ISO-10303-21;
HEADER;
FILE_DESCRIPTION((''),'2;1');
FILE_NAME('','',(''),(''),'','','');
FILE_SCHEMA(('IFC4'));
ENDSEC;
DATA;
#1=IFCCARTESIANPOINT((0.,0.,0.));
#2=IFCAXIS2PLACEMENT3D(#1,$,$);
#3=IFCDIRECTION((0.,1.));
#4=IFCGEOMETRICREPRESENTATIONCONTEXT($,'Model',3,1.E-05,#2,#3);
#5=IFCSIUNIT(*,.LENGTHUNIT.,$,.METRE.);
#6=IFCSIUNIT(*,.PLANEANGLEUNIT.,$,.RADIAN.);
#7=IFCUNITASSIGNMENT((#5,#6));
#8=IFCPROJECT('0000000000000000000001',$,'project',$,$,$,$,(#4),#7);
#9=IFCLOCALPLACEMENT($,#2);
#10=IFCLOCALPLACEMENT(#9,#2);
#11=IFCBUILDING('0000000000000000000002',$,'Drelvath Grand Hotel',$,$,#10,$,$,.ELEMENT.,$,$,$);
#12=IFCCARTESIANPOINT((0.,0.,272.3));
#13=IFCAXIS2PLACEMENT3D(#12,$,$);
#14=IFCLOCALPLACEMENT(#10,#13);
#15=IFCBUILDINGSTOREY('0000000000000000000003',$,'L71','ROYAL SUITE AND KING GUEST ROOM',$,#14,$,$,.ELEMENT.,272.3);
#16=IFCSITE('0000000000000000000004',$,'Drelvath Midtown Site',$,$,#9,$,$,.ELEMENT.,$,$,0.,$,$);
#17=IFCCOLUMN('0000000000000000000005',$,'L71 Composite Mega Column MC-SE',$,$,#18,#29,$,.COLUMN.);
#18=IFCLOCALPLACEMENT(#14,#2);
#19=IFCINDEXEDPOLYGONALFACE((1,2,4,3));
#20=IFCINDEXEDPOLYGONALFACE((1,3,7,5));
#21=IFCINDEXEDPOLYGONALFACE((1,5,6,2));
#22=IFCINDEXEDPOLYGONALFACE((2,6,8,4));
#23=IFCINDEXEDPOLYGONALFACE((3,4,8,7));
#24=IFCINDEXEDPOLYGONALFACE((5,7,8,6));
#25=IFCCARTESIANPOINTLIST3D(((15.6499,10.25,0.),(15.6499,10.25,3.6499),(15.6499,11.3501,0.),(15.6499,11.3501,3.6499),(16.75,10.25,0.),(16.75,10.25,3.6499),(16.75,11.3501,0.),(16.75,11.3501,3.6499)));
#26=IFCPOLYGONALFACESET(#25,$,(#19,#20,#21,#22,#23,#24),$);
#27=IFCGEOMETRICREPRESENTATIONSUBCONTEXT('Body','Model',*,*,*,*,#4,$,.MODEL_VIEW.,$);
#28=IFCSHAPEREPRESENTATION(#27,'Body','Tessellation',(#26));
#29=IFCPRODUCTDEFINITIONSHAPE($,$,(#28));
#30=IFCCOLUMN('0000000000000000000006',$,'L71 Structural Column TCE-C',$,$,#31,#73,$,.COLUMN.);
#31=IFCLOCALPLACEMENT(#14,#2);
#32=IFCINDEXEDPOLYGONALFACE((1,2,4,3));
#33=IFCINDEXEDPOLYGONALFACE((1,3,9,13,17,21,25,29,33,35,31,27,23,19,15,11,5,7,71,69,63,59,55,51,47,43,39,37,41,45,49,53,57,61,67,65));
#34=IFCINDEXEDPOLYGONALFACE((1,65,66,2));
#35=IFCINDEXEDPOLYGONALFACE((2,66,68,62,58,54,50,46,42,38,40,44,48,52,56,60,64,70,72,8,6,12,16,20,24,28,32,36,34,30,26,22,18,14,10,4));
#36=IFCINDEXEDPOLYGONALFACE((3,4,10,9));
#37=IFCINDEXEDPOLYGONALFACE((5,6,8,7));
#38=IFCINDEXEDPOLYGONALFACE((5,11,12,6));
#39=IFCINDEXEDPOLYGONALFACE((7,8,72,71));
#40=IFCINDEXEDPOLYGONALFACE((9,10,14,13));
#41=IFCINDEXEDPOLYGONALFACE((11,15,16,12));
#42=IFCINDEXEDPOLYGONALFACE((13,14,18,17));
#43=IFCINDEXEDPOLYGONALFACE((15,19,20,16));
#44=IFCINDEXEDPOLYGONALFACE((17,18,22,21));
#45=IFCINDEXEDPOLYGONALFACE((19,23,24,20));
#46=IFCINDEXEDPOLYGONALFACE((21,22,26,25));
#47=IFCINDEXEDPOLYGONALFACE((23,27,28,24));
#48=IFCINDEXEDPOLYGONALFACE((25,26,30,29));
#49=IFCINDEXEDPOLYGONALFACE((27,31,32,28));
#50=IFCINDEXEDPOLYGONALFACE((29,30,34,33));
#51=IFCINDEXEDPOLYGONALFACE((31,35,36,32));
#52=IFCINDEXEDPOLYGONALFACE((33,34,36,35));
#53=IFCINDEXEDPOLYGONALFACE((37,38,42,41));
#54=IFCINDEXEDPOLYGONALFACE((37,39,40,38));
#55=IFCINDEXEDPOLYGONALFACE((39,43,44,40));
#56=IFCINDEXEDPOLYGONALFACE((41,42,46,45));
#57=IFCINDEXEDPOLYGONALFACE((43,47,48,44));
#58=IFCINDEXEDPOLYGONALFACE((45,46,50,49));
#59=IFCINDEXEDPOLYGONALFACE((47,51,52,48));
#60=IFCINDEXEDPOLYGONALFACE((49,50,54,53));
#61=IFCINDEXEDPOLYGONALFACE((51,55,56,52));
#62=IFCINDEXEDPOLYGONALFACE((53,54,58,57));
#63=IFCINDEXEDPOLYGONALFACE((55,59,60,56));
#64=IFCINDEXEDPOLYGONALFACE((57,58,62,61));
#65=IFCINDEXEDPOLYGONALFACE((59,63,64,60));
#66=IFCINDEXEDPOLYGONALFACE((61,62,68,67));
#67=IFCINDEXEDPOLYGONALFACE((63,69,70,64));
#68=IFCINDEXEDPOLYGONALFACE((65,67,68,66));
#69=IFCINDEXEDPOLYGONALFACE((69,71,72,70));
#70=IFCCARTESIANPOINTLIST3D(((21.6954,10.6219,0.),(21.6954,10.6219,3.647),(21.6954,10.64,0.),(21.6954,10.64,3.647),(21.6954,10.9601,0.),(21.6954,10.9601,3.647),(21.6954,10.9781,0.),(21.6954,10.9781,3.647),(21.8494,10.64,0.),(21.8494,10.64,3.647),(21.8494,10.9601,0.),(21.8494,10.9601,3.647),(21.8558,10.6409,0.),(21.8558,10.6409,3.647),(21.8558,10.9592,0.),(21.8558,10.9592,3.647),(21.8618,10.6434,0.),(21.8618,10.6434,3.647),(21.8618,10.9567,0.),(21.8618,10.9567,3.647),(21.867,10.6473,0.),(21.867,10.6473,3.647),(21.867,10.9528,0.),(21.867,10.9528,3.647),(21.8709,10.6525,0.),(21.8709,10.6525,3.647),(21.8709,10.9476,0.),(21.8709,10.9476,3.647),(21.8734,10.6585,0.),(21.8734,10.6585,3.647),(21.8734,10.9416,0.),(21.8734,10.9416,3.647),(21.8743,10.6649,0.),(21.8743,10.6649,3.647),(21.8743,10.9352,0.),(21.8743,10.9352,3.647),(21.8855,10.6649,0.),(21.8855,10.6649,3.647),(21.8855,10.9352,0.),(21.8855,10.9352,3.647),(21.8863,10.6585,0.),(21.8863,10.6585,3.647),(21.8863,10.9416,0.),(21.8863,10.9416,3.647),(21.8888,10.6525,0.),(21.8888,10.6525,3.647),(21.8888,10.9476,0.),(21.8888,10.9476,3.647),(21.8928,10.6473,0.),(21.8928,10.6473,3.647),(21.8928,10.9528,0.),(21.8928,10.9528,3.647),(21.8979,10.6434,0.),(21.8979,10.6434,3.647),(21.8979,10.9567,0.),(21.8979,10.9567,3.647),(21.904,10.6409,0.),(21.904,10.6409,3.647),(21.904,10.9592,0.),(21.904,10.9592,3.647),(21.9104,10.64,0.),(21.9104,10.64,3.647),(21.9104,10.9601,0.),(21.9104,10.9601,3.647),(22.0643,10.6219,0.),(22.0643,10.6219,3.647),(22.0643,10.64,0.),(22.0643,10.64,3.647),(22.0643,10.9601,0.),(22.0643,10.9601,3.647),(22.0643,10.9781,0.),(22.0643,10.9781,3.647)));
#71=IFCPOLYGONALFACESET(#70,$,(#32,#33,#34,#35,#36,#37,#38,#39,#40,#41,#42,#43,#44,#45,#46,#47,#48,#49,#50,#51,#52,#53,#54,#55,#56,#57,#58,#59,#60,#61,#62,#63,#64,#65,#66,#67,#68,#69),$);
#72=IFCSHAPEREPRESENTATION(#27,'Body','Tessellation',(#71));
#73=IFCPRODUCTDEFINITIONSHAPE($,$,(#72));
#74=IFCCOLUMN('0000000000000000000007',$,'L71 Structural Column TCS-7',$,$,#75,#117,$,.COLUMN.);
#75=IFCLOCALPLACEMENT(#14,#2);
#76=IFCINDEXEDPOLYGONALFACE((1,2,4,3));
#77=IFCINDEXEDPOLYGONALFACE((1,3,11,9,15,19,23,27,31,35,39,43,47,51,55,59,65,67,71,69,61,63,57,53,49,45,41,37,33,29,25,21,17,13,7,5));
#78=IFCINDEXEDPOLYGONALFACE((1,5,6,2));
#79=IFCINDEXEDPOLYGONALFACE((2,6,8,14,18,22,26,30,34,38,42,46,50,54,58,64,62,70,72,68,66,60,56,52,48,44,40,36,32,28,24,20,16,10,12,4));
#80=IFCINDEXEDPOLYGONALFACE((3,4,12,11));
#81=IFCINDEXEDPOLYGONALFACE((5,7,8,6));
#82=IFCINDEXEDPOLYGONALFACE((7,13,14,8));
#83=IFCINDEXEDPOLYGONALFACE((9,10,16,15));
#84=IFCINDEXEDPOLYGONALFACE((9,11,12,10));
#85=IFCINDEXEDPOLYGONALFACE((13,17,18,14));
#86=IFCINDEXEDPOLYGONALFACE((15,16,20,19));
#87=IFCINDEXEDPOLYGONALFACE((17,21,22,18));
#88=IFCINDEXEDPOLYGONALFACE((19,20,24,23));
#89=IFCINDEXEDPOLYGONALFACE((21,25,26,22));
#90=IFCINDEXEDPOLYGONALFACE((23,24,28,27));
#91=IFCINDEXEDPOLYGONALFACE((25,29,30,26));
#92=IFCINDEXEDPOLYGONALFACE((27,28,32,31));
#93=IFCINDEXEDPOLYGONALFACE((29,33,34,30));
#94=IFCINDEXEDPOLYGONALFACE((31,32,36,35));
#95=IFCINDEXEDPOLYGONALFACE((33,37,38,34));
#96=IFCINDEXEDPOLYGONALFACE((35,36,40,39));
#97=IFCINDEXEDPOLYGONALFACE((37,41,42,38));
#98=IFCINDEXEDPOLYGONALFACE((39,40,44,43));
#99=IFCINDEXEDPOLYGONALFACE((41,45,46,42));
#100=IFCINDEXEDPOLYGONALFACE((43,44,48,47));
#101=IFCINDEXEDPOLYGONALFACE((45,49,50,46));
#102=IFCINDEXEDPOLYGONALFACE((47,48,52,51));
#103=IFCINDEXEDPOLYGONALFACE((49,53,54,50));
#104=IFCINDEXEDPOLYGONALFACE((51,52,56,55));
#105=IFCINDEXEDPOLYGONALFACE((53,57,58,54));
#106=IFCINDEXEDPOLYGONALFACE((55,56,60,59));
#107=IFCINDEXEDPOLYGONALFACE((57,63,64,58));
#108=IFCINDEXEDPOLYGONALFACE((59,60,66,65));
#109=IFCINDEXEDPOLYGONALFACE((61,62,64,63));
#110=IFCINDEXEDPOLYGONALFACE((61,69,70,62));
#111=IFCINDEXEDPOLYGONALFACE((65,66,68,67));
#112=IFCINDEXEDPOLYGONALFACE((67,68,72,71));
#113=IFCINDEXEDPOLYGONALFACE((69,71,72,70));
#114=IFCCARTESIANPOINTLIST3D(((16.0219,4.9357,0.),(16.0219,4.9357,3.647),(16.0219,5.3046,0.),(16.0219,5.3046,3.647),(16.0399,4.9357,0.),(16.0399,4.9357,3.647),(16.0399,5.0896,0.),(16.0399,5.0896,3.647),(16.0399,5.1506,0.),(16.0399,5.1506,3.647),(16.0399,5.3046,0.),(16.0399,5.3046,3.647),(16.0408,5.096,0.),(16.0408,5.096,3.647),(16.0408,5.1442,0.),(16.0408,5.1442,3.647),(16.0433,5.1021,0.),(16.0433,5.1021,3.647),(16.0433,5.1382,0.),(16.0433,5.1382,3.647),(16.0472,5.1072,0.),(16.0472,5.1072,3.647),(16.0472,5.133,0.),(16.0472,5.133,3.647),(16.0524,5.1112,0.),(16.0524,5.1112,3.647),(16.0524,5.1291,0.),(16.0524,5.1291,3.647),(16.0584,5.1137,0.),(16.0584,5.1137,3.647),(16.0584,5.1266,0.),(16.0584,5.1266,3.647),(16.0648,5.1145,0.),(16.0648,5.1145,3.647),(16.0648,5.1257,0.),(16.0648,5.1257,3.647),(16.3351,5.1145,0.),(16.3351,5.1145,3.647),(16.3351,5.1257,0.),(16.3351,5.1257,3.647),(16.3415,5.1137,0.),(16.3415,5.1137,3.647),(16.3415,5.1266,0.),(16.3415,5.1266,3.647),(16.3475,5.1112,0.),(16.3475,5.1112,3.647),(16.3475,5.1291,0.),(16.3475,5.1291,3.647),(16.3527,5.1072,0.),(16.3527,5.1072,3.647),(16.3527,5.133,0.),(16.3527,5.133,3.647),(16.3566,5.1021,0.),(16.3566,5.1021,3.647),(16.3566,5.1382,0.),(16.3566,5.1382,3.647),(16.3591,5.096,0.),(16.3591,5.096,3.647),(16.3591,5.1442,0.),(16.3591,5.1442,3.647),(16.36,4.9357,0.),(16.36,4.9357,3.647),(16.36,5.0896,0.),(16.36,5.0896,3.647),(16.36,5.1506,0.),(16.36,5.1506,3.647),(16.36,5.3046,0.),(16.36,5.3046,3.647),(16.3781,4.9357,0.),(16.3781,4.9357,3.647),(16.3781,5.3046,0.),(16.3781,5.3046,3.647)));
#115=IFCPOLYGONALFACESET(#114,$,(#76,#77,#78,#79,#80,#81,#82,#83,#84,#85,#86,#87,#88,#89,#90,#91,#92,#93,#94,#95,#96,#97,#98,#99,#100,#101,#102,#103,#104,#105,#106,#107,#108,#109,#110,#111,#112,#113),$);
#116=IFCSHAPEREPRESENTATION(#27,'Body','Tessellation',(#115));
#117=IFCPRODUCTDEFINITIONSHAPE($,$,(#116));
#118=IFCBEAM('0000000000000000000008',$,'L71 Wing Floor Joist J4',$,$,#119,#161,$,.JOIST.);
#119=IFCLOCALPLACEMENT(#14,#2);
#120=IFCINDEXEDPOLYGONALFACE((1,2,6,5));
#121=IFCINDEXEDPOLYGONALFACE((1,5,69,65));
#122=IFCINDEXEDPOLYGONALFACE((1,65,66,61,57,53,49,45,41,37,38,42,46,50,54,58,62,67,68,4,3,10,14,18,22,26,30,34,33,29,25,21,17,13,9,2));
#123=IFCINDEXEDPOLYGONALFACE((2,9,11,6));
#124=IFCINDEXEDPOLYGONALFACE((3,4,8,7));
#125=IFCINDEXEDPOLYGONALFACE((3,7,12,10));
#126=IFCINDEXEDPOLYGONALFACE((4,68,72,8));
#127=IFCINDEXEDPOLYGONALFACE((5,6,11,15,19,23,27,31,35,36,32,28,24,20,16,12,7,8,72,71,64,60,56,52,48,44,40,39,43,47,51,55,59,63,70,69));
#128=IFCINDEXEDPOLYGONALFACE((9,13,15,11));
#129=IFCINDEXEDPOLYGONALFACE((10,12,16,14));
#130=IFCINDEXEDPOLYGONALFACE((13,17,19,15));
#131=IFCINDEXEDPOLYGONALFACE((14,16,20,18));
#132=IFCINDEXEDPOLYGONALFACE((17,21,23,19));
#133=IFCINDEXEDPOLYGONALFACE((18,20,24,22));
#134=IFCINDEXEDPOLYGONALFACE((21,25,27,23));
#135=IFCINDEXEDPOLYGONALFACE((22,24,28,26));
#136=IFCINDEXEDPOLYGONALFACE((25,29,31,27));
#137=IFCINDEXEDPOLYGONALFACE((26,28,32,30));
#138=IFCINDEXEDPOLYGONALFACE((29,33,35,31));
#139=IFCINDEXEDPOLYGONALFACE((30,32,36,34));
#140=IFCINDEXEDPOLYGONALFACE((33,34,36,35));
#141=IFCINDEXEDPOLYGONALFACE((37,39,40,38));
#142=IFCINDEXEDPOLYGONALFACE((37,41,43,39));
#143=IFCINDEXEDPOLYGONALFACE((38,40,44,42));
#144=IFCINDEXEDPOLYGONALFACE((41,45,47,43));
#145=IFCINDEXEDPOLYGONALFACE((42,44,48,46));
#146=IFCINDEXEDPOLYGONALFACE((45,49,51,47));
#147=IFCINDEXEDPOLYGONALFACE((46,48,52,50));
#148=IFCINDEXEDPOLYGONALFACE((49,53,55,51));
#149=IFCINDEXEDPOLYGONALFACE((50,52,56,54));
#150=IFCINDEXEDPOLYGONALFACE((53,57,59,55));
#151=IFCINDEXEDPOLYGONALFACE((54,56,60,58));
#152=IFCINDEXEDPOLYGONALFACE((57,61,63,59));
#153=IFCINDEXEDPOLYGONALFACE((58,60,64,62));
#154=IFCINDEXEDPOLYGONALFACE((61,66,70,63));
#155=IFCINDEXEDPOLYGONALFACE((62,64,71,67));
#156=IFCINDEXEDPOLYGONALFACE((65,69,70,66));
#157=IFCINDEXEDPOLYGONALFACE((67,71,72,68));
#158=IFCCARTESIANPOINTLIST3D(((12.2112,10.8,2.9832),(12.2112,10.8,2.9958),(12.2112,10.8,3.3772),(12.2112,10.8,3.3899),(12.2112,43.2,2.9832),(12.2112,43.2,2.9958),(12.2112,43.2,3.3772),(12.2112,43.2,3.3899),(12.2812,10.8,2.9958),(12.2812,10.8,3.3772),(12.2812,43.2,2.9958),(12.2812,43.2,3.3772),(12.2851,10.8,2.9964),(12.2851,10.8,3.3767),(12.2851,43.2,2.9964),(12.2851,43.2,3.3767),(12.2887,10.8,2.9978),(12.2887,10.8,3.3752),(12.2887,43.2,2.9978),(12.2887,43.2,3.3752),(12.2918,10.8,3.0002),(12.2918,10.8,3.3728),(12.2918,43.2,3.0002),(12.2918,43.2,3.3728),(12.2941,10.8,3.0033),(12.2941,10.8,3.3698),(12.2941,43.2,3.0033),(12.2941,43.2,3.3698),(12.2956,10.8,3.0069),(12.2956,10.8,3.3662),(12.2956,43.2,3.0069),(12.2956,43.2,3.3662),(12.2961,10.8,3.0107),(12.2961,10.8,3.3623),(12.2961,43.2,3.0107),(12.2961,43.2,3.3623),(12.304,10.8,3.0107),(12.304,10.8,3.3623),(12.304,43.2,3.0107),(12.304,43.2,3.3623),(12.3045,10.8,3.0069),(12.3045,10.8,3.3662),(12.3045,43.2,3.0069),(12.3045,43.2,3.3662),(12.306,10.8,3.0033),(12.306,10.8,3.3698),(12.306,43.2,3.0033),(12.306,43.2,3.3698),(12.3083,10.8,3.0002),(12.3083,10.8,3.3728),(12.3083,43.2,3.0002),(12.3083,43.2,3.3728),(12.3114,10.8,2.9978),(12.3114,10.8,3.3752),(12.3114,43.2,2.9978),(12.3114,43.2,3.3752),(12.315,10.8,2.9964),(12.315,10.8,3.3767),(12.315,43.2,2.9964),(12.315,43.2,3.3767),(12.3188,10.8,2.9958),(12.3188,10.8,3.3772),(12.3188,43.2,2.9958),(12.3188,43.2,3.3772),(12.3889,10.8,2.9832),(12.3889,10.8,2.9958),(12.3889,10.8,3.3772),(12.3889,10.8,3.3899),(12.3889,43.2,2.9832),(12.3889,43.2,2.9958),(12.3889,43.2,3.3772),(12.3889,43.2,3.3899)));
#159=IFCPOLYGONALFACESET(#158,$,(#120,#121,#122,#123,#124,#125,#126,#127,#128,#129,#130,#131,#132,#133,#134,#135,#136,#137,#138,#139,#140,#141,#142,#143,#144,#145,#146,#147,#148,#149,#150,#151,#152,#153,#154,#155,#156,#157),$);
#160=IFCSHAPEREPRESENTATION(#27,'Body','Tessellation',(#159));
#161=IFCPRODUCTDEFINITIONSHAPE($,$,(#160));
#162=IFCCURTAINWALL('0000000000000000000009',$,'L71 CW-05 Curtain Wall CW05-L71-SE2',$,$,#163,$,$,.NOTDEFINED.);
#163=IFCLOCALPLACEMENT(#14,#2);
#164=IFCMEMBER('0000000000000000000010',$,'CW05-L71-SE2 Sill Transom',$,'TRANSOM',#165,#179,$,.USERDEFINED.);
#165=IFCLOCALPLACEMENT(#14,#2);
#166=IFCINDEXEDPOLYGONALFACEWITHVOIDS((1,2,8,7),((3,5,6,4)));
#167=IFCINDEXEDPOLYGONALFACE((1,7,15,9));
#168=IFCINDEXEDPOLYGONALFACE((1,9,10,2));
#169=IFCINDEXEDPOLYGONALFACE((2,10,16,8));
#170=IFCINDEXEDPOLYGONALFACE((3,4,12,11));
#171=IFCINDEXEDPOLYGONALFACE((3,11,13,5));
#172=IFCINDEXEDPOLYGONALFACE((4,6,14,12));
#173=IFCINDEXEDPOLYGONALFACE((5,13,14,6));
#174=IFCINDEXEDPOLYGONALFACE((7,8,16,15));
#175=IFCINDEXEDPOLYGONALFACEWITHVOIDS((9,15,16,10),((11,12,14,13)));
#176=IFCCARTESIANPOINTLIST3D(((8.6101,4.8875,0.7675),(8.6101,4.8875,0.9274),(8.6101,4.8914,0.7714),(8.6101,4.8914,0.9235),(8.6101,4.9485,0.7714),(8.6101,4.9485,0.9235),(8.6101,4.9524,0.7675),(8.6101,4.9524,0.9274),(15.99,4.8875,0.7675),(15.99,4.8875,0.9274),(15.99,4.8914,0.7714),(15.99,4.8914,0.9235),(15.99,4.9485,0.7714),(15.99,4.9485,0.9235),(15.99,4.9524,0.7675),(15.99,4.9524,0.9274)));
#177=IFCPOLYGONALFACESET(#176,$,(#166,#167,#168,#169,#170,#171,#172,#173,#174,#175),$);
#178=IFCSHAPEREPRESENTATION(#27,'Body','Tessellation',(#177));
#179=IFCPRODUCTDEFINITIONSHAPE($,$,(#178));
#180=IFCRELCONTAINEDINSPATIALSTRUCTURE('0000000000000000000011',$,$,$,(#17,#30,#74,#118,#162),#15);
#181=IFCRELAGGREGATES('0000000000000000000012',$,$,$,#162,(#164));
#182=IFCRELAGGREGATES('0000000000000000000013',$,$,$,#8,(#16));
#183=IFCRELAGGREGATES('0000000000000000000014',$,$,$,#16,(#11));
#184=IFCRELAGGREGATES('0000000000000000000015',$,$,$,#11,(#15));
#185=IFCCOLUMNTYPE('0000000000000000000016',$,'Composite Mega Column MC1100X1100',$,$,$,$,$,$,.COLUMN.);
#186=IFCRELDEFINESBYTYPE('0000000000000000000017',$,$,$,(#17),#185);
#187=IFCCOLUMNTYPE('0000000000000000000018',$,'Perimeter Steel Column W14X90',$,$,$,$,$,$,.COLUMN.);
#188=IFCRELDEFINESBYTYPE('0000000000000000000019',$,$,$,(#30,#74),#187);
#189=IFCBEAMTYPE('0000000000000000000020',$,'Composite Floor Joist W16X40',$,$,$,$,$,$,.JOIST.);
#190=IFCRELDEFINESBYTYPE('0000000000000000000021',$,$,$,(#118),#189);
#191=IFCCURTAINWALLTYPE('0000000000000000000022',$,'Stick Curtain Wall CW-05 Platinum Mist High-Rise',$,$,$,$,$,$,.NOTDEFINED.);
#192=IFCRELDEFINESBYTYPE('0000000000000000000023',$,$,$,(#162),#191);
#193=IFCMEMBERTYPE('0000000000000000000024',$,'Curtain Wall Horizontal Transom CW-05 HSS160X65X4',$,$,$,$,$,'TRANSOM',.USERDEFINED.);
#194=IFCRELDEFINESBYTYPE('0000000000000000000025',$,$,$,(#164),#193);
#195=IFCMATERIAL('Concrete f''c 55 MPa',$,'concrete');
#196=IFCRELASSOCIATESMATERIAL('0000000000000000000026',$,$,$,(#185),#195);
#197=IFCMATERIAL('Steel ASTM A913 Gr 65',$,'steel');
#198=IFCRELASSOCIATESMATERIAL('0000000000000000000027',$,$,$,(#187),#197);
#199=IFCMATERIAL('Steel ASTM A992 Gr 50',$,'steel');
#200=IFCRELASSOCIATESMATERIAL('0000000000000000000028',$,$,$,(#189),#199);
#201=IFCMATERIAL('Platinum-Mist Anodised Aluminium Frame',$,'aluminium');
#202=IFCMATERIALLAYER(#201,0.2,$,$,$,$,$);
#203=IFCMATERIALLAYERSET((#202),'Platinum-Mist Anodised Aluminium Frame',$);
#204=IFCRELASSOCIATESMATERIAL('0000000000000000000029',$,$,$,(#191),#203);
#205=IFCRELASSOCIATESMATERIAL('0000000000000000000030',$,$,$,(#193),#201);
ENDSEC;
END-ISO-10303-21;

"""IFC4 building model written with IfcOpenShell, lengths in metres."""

from ifc_helpers import new_model, si_unit, direction, frame, origin, origin_2d, place, context, subcontext, project, spatial, rectangle, hollow_rectangle, i_section, extrude, material, layer, layer_set, material_profile, profile_set, type_object, element, aggregate, save


model = new_model("IFC4")

# Units and contexts
model_context = context("Model", 3, precision=1e-05, world=origin(), true_north=direction((0.0, 1.0)))
body_context = subcontext(model_context, "Body", "Model", "MODEL_VIEW")
ifc_project = project(units=[si_unit("LENGTHUNIT", "METRE"), si_unit("PLANEANGLEUNIT", "RADIAN")], contexts=[model_context])

# Site, building, storey
site_placement = place(None, origin())
site = spatial("IfcSite", under=ifc_project, at=site_placement, Name="Drelvath Midtown Site", CompositionType="ELEMENT", RefElevation=0.0)
building_placement = place(site_placement, origin())
building = spatial("IfcBuilding", under=site, at=building_placement, Name="Drelvath Grand Hotel", CompositionType="ELEMENT")
storey_placement = place(building_placement, frame((0.0, 0.0, 272.3)))
storey = spatial("IfcBuildingStorey", under=building, at=storey_placement, Name="L71", Description="ROYAL SUITE AND KING GUEST ROOM", CompositionType="ELEMENT", Elevation=272.3)

# Columns
ifc_material_1 = material(Name="Concrete f'c 55 MPa", Category="concrete")
ifc_material_profile_1 = material_profile(ifc_material_1, rectangle(XDim=1.1001, YDim=1.1001, at=origin_2d()), Name="MC1100X1100")
ifc_profile_set_1 = profile_set([ifc_material_profile_1], Name="Concrete f'c 55 MPa")
column_type_1 = type_object("IfcColumnType", Name="Composite Mega Column MC1100X1100", PredefinedType="COLUMN", material=ifc_profile_set_1)
column_placement = place(storey_placement, frame((16.2, 10.8, 0.0), z_axis=(0.0, 0.0, 1.0), x_axis=(1.0, 0.0, 0.0)))
element("IfcColumn", 1, at=column_placement, inside=storey, type_object=column_type_1, Name="L71 Composite Mega Column MC-SE", PredefinedType="COLUMN", context=body_context, shape_type="SweptSolid", body=[
    extrude(rectangle(XDim=1.1001, YDim=1.1001, at=origin_2d()), origin(), (0.0, 0.0, 1.0), 3.6499),
])
ifc_material_2 = material(Name="Steel ASTM A913 Gr 65", Category="steel")
ifc_material_profile_2 = material_profile(ifc_material_2, i_section(OverallWidth=0.3689, OverallDepth=0.3562, WebThickness=0.0112, FlangeThickness=0.0181, FilletRadius=0.0249, at=origin_2d()), Name="W14X90")
ifc_profile_set_2 = profile_set([ifc_material_profile_2], Name="Steel ASTM A913 Gr 65")
column_type_2 = type_object("IfcColumnType", Name="Perimeter Steel Column W14X90", PredefinedType="COLUMN", material=ifc_profile_set_2)
for number, where, z_axis, x_axis, name in (
    (2, (21.8799, 10.8, 0.0), (0.0, 0.0, 1.0), (1.0, 0.0, 0.0), "L71 Structural Column TCE-C"),
    (3, (16.2, 5.1201, 0.0), (0.0, 0.0, 1.0), (0.0, 1.0, 0.0), "L71 Structural Column TCS-7"),
):
    element("IfcColumn", number, at=place(storey_placement, frame(where, z_axis=z_axis, x_axis=x_axis)), inside=storey, type_object=column_type_2, Name=name, PredefinedType="COLUMN", context=body_context, shape_type="SweptSolid", body=[
        extrude(i_section(OverallWidth=0.3689, OverallDepth=0.3562, WebThickness=0.0112, FlangeThickness=0.0181, FilletRadius=0.0249, at=origin_2d()), origin(), (0.0, 0.0, 1.0), 3.647),
    ])

# Beam
ifc_material_3 = material(Name="Steel ASTM A992 Gr 50", Category="steel")
ifc_material_profile_3 = material_profile(ifc_material_3, i_section(OverallWidth=0.1777, OverallDepth=0.4067, WebThickness=0.0078, FlangeThickness=0.0127, FilletRadius=0.0149, at=origin_2d()), Name="W16X40")
ifc_profile_set_3 = profile_set([ifc_material_profile_3], Name="Steel ASTM A992 Gr 50")
beam_type_1 = type_object("IfcBeamType", Name="Composite Floor Joist W16X40", PredefinedType="JOIST", material=ifc_profile_set_3)
beam_1_placement = place(storey_placement, frame((12.3, 10.8, 3.1865), z_axis=(0.0, 1.0, 0.0), x_axis=(-1.0, 0.0, 0.0)))
element("IfcBeam", 4, at=beam_1_placement, inside=storey, type_object=beam_type_1, Name="L71 Wing Floor Joist J4", PredefinedType="JOIST", context=body_context, shape_type="SweptSolid", body=[
    extrude(i_section(OverallWidth=0.1777, OverallDepth=0.4067, WebThickness=0.0078, FlangeThickness=0.0127, FilletRadius=0.0149, at=origin_2d()), origin(), (0.0, 0.0, 1.0), 32.3999),
])

# Curtain wall, member
ifc_material_4 = material(Name="Platinum-Mist Anodised Aluminium Frame", Category="aluminium")
ifc_layer_1 = layer(ifc_material_4, 0.2)
ifc_layer_set_1 = layer_set([ifc_layer_1], Name="Platinum-Mist Anodised Aluminium Frame")
curtain_wall_type = type_object("IfcCurtainWallType", Name="Stick Curtain Wall CW-05 Platinum Mist High-Rise", PredefinedType="NOTDEFINED", material=ifc_layer_set_1)
curtain_wall_1_placement = place(storey_placement, origin())
curtain_wall_1 = element("IfcCurtainWall", 5, at=curtain_wall_1_placement, inside=storey, type_object=curtain_wall_type, Name="L71 CW-05 Curtain Wall CW05-L71-SE2", PredefinedType="NOTDEFINED")
ifc_material_profile_4 = material_profile(ifc_material_4, hollow_rectangle(XDim=0.0649, YDim=0.1599, WallThickness=0.0039, at=origin_2d()), Name="HSS160X65X4")
ifc_profile_set_4 = profile_set([ifc_material_profile_4], Name="Platinum-Mist Anodised Aluminium Frame")
member_type_1 = type_object("IfcMemberType", Name="Curtain Wall Horizontal Transom CW-05 HSS160X65X4", ElementType="TRANSOM", PredefinedType="USERDEFINED", material=ifc_profile_set_4)
member_1_placement = place(storey_placement, frame((15.99, 4.9199, 0.8474), z_axis=(-1.0, 0.0, 0.0), x_axis=(0.0, -1.0, 0.0)))
member_1 = element("IfcMember", 6, at=member_1_placement, type_object=member_type_1, Name="CW05-L71-SE2 Sill Transom", ObjectType="TRANSOM", PredefinedType="USERDEFINED", context=body_context, shape_type="SweptSolid", body=[
    extrude(hollow_rectangle(XDim=0.0649, YDim=0.1599, WallThickness=0.0039, at=origin_2d()), origin(), (0.0, 0.0, 1.0), 7.3799),
])

aggregate(curtain_wall_1, [member_1])

save(model, "model.ifc")
